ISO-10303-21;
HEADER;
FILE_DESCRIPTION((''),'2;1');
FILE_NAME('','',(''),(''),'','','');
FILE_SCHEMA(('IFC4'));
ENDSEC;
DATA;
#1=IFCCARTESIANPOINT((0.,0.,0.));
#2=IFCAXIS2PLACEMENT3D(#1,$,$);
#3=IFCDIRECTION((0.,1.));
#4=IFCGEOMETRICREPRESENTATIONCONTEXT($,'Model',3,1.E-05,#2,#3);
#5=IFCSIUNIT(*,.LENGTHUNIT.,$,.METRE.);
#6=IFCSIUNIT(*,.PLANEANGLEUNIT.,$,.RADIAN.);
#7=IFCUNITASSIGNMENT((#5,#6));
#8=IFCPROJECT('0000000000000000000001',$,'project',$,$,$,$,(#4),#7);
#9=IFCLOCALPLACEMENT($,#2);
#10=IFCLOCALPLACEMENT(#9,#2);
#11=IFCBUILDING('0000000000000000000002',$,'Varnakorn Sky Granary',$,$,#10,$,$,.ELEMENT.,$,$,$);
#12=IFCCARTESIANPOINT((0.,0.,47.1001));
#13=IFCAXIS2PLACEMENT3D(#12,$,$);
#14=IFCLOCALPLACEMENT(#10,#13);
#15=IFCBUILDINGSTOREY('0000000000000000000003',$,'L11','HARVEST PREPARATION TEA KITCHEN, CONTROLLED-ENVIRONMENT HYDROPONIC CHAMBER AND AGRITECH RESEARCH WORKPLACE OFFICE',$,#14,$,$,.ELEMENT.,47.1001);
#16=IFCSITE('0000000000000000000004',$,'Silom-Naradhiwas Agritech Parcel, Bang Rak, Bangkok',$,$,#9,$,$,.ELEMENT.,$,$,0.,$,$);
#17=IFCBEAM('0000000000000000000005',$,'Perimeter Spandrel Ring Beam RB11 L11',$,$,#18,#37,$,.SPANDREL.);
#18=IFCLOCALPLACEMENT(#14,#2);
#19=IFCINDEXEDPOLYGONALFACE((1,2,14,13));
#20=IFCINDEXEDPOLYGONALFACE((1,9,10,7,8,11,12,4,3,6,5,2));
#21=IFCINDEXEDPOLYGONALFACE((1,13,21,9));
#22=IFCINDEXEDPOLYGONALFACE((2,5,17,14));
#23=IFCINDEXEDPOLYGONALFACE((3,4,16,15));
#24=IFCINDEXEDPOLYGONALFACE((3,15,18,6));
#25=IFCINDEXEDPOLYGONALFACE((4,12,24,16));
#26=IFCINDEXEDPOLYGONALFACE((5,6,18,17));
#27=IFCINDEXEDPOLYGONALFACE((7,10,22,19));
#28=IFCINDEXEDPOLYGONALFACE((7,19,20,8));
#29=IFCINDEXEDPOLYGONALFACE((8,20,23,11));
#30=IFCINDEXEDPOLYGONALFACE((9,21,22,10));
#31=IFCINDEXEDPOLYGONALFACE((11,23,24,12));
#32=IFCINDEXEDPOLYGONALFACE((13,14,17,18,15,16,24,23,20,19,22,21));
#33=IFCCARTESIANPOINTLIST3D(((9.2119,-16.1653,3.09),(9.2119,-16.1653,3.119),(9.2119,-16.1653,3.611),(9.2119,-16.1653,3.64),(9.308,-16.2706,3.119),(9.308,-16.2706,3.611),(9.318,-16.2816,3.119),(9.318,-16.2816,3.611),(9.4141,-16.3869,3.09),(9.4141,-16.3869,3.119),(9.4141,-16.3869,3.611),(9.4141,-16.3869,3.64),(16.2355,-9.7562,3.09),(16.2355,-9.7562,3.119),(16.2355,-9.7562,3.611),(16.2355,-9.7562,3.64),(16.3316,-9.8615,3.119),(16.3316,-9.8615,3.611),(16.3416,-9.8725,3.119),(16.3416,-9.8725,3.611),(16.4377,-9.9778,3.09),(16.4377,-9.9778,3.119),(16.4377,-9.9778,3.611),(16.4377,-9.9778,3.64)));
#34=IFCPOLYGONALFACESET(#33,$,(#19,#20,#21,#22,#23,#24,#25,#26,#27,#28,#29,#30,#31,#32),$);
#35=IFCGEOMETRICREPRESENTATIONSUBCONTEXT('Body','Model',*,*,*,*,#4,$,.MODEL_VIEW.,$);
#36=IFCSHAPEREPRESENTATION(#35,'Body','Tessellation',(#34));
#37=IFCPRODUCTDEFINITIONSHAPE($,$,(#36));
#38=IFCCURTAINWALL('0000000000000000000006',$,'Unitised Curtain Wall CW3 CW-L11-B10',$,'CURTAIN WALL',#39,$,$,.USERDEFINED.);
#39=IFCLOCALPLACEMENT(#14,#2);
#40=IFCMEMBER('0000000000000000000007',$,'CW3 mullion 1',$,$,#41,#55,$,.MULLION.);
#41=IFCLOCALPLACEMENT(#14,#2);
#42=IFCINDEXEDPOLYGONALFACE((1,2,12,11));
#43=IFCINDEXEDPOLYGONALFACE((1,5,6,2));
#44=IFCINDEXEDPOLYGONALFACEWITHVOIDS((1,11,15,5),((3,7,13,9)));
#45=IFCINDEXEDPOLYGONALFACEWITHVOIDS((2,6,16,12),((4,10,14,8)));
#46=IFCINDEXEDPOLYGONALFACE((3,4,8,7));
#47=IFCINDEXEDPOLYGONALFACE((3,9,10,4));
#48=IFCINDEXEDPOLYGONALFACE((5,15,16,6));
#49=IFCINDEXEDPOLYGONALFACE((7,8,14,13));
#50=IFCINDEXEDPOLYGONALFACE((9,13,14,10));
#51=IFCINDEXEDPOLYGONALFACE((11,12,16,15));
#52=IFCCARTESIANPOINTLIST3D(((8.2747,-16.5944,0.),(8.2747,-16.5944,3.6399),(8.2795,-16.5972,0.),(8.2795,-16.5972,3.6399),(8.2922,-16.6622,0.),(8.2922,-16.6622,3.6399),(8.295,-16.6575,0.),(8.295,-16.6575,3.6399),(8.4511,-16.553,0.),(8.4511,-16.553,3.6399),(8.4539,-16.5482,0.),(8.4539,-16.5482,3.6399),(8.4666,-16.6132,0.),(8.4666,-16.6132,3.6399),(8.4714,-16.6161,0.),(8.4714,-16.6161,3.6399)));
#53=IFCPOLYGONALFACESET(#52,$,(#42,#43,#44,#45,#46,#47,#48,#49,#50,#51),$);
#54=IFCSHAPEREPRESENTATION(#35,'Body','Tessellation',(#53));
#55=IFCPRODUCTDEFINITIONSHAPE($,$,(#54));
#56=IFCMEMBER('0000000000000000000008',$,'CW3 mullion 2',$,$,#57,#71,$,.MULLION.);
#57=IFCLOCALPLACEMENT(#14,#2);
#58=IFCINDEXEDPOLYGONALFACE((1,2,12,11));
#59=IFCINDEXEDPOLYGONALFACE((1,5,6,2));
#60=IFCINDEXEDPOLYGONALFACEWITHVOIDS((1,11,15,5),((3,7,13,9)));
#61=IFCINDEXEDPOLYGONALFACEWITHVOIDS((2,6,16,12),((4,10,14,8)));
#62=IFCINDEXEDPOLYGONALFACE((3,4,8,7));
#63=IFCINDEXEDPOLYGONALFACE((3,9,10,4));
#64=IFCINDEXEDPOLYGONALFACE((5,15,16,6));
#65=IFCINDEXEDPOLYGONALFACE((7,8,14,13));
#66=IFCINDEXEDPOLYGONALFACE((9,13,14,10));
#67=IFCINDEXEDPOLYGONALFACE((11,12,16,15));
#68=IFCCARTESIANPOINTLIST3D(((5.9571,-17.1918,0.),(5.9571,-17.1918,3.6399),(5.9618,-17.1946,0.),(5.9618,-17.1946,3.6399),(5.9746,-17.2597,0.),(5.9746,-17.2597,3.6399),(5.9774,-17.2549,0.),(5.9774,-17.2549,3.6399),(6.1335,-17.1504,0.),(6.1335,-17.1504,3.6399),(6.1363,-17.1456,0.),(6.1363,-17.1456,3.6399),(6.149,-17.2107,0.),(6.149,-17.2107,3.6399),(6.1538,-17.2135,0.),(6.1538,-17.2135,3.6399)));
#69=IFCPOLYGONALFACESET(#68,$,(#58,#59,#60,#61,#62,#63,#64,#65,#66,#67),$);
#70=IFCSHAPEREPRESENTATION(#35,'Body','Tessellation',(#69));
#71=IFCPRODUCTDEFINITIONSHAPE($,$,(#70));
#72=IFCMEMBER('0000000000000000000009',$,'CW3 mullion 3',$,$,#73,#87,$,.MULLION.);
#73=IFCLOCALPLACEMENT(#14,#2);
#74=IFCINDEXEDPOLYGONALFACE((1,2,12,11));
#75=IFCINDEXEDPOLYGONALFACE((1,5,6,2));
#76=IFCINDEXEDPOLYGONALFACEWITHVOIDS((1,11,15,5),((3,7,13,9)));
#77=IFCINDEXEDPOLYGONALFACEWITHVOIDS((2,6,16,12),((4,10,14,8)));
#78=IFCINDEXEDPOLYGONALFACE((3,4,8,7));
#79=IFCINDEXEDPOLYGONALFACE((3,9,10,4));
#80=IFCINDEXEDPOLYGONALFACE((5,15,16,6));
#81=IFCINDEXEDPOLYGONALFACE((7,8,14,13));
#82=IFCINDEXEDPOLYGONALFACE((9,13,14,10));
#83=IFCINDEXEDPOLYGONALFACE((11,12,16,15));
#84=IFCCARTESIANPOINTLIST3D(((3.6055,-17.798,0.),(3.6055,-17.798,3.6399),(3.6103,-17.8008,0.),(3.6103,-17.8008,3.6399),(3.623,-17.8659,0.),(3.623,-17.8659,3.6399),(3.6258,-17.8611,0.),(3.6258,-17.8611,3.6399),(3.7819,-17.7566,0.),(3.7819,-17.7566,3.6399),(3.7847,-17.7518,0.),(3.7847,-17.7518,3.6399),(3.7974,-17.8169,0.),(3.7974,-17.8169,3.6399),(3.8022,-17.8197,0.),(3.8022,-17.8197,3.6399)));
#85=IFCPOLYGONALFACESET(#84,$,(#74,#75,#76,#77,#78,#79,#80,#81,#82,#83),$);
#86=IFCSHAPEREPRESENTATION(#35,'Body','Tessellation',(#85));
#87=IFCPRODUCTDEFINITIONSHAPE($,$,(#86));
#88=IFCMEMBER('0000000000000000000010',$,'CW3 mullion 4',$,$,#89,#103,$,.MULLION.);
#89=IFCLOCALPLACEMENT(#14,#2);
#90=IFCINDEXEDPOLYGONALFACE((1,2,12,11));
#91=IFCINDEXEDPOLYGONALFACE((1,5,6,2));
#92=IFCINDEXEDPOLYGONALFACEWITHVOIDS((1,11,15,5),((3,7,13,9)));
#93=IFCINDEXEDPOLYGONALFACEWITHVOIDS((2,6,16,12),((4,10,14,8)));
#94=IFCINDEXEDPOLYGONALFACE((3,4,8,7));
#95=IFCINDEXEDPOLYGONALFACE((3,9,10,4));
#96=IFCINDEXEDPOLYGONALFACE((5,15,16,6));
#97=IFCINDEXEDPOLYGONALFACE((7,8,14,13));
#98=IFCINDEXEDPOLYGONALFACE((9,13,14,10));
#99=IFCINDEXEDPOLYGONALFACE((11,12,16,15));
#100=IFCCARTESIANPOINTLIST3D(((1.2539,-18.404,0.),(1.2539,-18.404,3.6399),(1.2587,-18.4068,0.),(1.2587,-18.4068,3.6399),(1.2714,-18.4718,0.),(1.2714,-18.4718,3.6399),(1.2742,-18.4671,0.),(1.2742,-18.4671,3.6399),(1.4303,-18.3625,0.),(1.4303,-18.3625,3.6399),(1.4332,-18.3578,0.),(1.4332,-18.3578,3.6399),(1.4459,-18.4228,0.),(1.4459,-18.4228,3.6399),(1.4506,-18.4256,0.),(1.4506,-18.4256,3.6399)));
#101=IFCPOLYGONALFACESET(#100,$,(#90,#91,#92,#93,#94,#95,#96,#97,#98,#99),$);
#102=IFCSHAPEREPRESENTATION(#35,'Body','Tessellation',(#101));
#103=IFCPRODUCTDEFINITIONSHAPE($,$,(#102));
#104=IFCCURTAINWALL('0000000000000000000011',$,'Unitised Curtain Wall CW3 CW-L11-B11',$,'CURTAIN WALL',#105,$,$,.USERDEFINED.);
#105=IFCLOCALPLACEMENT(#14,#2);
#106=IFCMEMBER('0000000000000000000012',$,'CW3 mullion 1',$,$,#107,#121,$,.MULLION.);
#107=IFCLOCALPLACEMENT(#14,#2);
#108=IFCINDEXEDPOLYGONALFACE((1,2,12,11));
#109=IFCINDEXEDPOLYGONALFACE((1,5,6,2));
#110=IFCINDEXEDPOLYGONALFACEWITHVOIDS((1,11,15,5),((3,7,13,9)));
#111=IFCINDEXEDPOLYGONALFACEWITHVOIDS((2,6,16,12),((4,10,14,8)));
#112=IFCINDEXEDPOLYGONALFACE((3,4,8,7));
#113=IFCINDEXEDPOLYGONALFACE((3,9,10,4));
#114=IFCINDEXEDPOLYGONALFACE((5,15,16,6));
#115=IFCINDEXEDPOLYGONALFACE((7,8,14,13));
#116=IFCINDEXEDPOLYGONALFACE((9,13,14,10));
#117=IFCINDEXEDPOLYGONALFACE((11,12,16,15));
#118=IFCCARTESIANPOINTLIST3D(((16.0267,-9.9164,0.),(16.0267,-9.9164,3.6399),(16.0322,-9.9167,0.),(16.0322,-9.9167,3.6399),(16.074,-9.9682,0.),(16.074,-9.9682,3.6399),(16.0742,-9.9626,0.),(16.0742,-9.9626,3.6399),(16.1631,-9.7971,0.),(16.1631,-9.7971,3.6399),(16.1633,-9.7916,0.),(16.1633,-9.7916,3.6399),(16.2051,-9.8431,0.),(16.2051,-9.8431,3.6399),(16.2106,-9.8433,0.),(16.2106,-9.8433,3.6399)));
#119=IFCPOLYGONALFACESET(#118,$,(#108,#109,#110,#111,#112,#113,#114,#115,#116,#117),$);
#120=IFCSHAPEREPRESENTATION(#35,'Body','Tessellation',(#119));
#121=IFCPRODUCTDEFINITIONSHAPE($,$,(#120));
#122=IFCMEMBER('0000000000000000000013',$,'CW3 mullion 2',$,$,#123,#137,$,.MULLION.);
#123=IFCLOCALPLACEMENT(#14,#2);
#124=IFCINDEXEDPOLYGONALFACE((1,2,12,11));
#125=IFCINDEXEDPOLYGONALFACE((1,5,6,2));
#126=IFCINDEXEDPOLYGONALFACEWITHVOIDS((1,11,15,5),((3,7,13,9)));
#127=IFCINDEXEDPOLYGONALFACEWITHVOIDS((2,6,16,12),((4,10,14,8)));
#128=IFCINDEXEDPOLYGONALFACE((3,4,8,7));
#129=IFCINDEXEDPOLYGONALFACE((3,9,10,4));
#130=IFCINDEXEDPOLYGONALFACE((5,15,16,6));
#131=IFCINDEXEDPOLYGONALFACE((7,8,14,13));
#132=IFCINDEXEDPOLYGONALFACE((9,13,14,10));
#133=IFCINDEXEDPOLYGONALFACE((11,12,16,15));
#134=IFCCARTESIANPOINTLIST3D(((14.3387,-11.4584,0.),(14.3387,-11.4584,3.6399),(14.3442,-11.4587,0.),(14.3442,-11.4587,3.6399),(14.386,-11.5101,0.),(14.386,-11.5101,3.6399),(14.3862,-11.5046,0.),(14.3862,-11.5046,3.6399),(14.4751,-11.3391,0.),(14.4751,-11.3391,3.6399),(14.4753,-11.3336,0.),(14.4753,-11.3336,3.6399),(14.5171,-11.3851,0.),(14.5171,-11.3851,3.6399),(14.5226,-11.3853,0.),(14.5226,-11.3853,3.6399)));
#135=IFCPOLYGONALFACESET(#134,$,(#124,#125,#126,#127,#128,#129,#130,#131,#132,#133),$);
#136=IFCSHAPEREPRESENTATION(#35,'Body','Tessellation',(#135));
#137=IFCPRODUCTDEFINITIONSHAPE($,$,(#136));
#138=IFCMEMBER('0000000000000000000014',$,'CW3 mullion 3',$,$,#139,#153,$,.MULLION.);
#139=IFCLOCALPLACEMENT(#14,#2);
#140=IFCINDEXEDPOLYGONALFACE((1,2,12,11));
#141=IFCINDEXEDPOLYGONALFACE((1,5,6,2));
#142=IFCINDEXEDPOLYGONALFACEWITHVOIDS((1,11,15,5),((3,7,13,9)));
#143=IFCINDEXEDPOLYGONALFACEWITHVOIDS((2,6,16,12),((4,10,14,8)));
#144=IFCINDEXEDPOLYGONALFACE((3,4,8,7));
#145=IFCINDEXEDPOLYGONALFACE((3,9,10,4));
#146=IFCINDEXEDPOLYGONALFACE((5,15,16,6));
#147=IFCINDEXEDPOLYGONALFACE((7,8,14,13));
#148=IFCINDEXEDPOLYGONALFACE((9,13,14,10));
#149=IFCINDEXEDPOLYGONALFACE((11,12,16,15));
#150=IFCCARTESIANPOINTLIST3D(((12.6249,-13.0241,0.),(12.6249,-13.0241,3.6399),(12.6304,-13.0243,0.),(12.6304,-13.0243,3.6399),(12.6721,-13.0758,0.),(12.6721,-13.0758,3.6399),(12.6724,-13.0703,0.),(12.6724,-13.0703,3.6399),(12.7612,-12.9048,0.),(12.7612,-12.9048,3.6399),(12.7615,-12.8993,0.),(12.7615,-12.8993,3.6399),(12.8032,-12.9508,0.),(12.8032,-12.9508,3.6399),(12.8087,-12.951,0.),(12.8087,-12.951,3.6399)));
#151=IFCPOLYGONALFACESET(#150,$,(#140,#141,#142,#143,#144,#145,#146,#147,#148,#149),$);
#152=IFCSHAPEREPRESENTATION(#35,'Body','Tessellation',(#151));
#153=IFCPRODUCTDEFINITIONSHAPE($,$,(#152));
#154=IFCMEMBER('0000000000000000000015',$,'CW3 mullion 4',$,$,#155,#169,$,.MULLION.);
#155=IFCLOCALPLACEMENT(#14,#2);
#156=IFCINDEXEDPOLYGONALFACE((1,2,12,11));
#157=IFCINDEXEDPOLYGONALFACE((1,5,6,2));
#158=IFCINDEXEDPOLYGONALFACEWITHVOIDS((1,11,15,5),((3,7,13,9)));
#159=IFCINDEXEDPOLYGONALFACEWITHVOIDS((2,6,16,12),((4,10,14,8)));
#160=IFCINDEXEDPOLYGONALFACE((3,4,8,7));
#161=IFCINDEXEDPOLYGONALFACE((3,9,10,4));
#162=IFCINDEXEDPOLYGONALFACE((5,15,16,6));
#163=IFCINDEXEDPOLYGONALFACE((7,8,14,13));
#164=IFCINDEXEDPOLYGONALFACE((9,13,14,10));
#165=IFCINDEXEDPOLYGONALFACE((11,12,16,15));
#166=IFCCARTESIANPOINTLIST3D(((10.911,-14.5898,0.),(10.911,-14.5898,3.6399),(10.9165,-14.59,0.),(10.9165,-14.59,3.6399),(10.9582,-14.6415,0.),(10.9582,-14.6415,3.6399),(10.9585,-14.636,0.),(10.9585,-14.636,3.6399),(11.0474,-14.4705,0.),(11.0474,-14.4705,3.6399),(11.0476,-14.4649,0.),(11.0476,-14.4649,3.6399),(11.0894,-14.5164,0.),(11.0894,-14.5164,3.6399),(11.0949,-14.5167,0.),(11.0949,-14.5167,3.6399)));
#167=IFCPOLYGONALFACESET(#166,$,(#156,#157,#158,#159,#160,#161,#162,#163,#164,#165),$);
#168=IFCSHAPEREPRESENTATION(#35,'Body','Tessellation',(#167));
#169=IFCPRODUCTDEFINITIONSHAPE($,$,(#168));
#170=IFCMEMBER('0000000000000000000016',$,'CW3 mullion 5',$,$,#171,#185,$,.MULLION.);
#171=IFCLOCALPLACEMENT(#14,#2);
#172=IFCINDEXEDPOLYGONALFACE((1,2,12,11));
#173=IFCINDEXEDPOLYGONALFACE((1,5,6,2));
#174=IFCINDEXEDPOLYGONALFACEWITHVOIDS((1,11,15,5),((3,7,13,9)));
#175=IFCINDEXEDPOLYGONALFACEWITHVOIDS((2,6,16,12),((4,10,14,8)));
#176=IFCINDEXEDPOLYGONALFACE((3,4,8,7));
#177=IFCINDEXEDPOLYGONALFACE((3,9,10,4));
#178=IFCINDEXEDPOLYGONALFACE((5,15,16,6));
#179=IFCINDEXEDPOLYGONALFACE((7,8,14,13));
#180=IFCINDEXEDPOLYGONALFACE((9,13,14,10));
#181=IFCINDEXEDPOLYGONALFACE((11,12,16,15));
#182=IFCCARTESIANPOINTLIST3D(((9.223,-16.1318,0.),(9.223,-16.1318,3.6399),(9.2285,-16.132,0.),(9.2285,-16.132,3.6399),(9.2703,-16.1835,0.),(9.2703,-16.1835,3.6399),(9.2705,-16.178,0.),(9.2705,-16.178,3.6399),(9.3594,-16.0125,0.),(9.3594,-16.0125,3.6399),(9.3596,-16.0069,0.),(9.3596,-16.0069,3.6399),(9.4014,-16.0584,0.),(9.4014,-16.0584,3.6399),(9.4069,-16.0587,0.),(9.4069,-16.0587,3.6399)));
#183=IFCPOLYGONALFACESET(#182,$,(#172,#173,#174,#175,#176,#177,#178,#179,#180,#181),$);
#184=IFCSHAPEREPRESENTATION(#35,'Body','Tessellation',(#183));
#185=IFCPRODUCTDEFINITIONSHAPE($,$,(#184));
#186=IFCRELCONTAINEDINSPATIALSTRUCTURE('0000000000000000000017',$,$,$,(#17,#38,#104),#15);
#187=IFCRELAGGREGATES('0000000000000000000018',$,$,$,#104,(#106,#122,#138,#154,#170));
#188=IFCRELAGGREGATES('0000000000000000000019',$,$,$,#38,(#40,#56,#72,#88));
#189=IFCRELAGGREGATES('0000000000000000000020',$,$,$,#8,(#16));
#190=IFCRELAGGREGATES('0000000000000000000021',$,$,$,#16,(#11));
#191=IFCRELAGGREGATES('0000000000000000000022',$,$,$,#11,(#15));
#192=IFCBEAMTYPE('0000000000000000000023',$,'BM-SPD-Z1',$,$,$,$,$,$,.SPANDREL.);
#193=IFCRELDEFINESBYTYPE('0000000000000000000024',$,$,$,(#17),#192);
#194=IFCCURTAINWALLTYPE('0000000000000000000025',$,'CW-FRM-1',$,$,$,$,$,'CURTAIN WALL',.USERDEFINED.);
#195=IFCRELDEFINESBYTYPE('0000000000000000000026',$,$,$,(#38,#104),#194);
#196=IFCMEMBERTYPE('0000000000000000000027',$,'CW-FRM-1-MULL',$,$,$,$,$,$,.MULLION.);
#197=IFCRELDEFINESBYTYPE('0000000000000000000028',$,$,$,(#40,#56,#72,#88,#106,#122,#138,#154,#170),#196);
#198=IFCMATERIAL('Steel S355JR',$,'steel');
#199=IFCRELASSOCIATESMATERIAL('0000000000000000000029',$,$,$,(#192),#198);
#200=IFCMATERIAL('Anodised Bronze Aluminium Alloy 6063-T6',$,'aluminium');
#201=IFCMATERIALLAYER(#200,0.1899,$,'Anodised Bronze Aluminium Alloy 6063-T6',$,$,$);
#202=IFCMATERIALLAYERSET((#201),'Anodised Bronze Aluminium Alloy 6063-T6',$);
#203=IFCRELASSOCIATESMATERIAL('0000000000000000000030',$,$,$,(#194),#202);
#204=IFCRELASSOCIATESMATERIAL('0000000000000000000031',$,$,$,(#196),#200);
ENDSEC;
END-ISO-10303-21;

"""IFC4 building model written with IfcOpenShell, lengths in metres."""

from ifc_helpers import new_model, si_unit, direction, frame, origin, origin_2d, place, context, subcontext, project, spatial, hollow_rectangle, i_section, extrude, material, layer, layer_set, material_profile, profile_set, type_object, element, aggregate, save


model = new_model("IFC4")

# Units and contexts
model_context = context("Model", 3, precision=1e-05, world=origin(), true_north=direction((0.0, 1.0)))
body_context = subcontext(model_context, "Body", "Model", "MODEL_VIEW")
ifc_project = project(units=[si_unit("LENGTHUNIT", "METRE"), si_unit("PLANEANGLEUNIT", "RADIAN")], contexts=[model_context])

# Site, building, storey
site_placement = place(None, origin())
site = spatial("IfcSite", under=ifc_project, at=site_placement, Name="Silom-Naradhiwas Agritech Parcel, Bang Rak, Bangkok", CompositionType="ELEMENT", RefElevation=0.0)
building_placement = place(site_placement, origin())
building = spatial("IfcBuilding", under=site, at=building_placement, Name="Varnakorn Sky Granary", CompositionType="ELEMENT")
storey_placement = place(building_placement, frame((0.0, 0.0, 47.1001)))
storey = spatial("IfcBuildingStorey", under=building, at=storey_placement, Name="L11", Description="HARVEST PREPARATION TEA KITCHEN, CONTROLLED-ENVIRONMENT HYDROPONIC CHAMBER AND AGRITECH RESEARCH WORKPLACE OFFICE", CompositionType="ELEMENT", Elevation=47.1001)

# Beam
ifc_material_1 = material(Name="Steel S355JR", Category="steel")
ifc_material_profile_1 = material_profile(ifc_material_1, i_section(OverallWidth=0.3, OverallDepth=0.55, WebThickness=0.0149, FlangeThickness=0.0291, at=origin_2d()), Name="HE 550 B")
ifc_profile_set_1 = profile_set([ifc_material_profile_1], Name="Steel S355JR")
beam_type_1 = type_object("IfcBeamType", Name="BM-SPD-Z1", PredefinedType="SPANDREL", material=ifc_profile_set_1)
beam_1_placement = place(storey_placement, frame((9.313, -16.2761, 3.365), z_axis=(0.738682, 0.674054, 0.0), x_axis=(-0.674054, 0.738682, 0.0)))
element("IfcBeam", 1, at=beam_1_placement, inside=storey, type_object=beam_type_1, Name="Perimeter Spandrel Ring Beam RB11 L11", PredefinedType="SPANDREL", context=body_context, shape_type="SweptSolid", body=[
    extrude(i_section(OverallWidth=0.3, OverallDepth=0.55, WebThickness=0.0149, FlangeThickness=0.0291, at=origin_2d()), origin(), (0.0, 0.0, 1.0), 9.5083),
])

# Curtain walls, members
ifc_material_2 = material(Name="Anodised Bronze Aluminium Alloy 6063-T6", Category="aluminium")
ifc_layer_1 = layer(ifc_material_2, 0.1899, Name="Anodised Bronze Aluminium Alloy 6063-T6")
ifc_layer_set_1 = layer_set([ifc_layer_1], Name="Anodised Bronze Aluminium Alloy 6063-T6")
curtain_wall_type = type_object("IfcCurtainWallType", Name="CW-FRM-1", ElementType="CURTAIN WALL", PredefinedType="USERDEFINED", material=ifc_layer_set_1)
curtain_wall_1_placement = place(storey_placement, origin())
curtain_wall_1 = element("IfcCurtainWall", 2, at=curtain_wall_1_placement, inside=storey, type_object=curtain_wall_type, Name="Unitised Curtain Wall CW3 CW-L11-B10", ObjectType="CURTAIN WALL", PredefinedType="USERDEFINED")
ifc_material_profile_2 = material_profile(ifc_material_2, hollow_rectangle(XDim=0.0701, YDim=0.1851, WallThickness=0.0039, at=origin_2d()), Name="ALU MULL 70x185")
ifc_profile_set_2 = profile_set([ifc_material_profile_2], Name="Anodised Bronze Aluminium Alloy 6063-T6")
member_type_1 = type_object("IfcMemberType", Name="CW-FRM-1-MULL", PredefinedType="MULLION", material=ifc_profile_set_2)
member_1_placement = place(storey_placement, frame((8.373, -16.6052, 0.0), z_axis=(0.0, 0.0, 1.0), x_axis=(0.249595, -0.96835, 0.0)))
member_1 = element("IfcMember", 3, at=member_1_placement, type_object=member_type_1, Name="CW3 mullion 1", PredefinedType="MULLION", context=body_context, shape_type="SweptSolid", body=[
    extrude(hollow_rectangle(XDim=0.0701, YDim=0.1851, WallThickness=0.0039, at=origin_2d()), origin(), (0.0, 0.0, 1.0), 3.6399),
])
member_2_placement = place(storey_placement, frame((6.0554, -17.2026, 0.0), z_axis=(0.0, 0.0, 1.0), x_axis=(0.249595, -0.96835, 0.0)))
member_2 = element("IfcMember", 4, at=member_2_placement, type_object=member_type_1, Name="CW3 mullion 2", PredefinedType="MULLION", context=body_context, shape_type="SweptSolid", body=[
    extrude(hollow_rectangle(XDim=0.0701, YDim=0.1851, WallThickness=0.0039, at=origin_2d()), origin(), (0.0, 0.0, 1.0), 3.6399),
])
member_3_placement = place(storey_placement, frame((3.7039, -17.8088, 0.0), z_axis=(0.0, 0.0, 1.0), x_axis=(0.249595, -0.96835, 0.0)))
member_3 = element("IfcMember", 5, at=member_3_placement, type_object=member_type_1, Name="CW3 mullion 3", PredefinedType="MULLION", context=body_context, shape_type="SweptSolid", body=[
    extrude(hollow_rectangle(XDim=0.0701, YDim=0.1851, WallThickness=0.0039, at=origin_2d()), origin(), (0.0, 0.0, 1.0), 3.6399),
])
member_4_placement = place(storey_placement, frame((1.3523, -18.4148, 0.0), z_axis=(0.0, 0.0, 1.0), x_axis=(0.249595, -0.96835, 0.0)))
member_4 = element("IfcMember", 6, at=member_4_placement, type_object=member_type_1, Name="CW3 mullion 4", PredefinedType="MULLION", context=body_context, shape_type="SweptSolid", body=[
    extrude(hollow_rectangle(XDim=0.0701, YDim=0.1851, WallThickness=0.0039, at=origin_2d()), origin(), (0.0, 0.0, 1.0), 3.6399),
])
curtain_wall_2_placement = place(storey_placement, origin())
curtain_wall_2 = element("IfcCurtainWall", 7, at=curtain_wall_2_placement, inside=storey, type_object=curtain_wall_type, Name="Unitised Curtain Wall CW3 CW-L11-B11", ObjectType="CURTAIN WALL", PredefinedType="USERDEFINED")
member_5_placement = place(storey_placement, frame((16.1187, -9.8799, 0.0), z_axis=(0.0, 0.0, 1.0), x_axis=(0.674464, -0.738307, 0.0)))
member_5 = element("IfcMember", 8, at=member_5_placement, type_object=member_type_1, Name="CW3 mullion 1", PredefinedType="MULLION", context=body_context, shape_type="SweptSolid", body=[
    extrude(hollow_rectangle(XDim=0.0701, YDim=0.1851, WallThickness=0.0039, at=origin_2d()), origin(), (0.0, 0.0, 1.0), 3.6399),
])
member_6_placement = place(storey_placement, frame((14.4307, -11.4219, 0.0), z_axis=(0.0, 0.0, 1.0), x_axis=(0.674464, -0.738307, 0.0)))
member_6 = element("IfcMember", 9, at=member_6_placement, type_object=member_type_1, Name="CW3 mullion 2", PredefinedType="MULLION", context=body_context, shape_type="SweptSolid", body=[
    extrude(hollow_rectangle(XDim=0.0701, YDim=0.1851, WallThickness=0.0039, at=origin_2d()), origin(), (0.0, 0.0, 1.0), 3.6399),
])
member_7_placement = place(storey_placement, frame((12.7168, -12.9875, 0.0), z_axis=(0.0, 0.0, 1.0), x_axis=(0.674464, -0.738307, 0.0)))
member_7 = element("IfcMember", 10, at=member_7_placement, type_object=member_type_1, Name="CW3 mullion 3", PredefinedType="MULLION", context=body_context, shape_type="SweptSolid", body=[
    extrude(hollow_rectangle(XDim=0.0701, YDim=0.1851, WallThickness=0.0039, at=origin_2d()), origin(), (0.0, 0.0, 1.0), 3.6399),
])
member_8_placement = place(storey_placement, frame((11.0029, -14.5532, 0.0), z_axis=(0.0, 0.0, 1.0), x_axis=(0.674464, -0.738307, 0.0)))
member_8 = element("IfcMember", 11, at=member_8_placement, type_object=member_type_1, Name="CW3 mullion 4", PredefinedType="MULLION", context=body_context, shape_type="SweptSolid", body=[
    extrude(hollow_rectangle(XDim=0.0701, YDim=0.1851, WallThickness=0.0039, at=origin_2d()), origin(), (0.0, 0.0, 1.0), 3.6399),
])
member_9_placement = place(storey_placement, frame((9.3149, -16.0952, 0.0), z_axis=(0.0, 0.0, 1.0), x_axis=(0.674464, -0.738307, 0.0)))
member_9 = element("IfcMember", 12, at=member_9_placement, type_object=member_type_1, Name="CW3 mullion 5", PredefinedType="MULLION", context=body_context, shape_type="SweptSolid", body=[
    extrude(hollow_rectangle(XDim=0.0701, YDim=0.1851, WallThickness=0.0039, at=origin_2d()), origin(), (0.0, 0.0, 1.0), 3.6399),
])

aggregate(curtain_wall_2, [member_5, member_6, member_7, member_8, member_9])
aggregate(curtain_wall_1, [member_1, member_2, member_3, member_4])

save(model, "model.ifc")
